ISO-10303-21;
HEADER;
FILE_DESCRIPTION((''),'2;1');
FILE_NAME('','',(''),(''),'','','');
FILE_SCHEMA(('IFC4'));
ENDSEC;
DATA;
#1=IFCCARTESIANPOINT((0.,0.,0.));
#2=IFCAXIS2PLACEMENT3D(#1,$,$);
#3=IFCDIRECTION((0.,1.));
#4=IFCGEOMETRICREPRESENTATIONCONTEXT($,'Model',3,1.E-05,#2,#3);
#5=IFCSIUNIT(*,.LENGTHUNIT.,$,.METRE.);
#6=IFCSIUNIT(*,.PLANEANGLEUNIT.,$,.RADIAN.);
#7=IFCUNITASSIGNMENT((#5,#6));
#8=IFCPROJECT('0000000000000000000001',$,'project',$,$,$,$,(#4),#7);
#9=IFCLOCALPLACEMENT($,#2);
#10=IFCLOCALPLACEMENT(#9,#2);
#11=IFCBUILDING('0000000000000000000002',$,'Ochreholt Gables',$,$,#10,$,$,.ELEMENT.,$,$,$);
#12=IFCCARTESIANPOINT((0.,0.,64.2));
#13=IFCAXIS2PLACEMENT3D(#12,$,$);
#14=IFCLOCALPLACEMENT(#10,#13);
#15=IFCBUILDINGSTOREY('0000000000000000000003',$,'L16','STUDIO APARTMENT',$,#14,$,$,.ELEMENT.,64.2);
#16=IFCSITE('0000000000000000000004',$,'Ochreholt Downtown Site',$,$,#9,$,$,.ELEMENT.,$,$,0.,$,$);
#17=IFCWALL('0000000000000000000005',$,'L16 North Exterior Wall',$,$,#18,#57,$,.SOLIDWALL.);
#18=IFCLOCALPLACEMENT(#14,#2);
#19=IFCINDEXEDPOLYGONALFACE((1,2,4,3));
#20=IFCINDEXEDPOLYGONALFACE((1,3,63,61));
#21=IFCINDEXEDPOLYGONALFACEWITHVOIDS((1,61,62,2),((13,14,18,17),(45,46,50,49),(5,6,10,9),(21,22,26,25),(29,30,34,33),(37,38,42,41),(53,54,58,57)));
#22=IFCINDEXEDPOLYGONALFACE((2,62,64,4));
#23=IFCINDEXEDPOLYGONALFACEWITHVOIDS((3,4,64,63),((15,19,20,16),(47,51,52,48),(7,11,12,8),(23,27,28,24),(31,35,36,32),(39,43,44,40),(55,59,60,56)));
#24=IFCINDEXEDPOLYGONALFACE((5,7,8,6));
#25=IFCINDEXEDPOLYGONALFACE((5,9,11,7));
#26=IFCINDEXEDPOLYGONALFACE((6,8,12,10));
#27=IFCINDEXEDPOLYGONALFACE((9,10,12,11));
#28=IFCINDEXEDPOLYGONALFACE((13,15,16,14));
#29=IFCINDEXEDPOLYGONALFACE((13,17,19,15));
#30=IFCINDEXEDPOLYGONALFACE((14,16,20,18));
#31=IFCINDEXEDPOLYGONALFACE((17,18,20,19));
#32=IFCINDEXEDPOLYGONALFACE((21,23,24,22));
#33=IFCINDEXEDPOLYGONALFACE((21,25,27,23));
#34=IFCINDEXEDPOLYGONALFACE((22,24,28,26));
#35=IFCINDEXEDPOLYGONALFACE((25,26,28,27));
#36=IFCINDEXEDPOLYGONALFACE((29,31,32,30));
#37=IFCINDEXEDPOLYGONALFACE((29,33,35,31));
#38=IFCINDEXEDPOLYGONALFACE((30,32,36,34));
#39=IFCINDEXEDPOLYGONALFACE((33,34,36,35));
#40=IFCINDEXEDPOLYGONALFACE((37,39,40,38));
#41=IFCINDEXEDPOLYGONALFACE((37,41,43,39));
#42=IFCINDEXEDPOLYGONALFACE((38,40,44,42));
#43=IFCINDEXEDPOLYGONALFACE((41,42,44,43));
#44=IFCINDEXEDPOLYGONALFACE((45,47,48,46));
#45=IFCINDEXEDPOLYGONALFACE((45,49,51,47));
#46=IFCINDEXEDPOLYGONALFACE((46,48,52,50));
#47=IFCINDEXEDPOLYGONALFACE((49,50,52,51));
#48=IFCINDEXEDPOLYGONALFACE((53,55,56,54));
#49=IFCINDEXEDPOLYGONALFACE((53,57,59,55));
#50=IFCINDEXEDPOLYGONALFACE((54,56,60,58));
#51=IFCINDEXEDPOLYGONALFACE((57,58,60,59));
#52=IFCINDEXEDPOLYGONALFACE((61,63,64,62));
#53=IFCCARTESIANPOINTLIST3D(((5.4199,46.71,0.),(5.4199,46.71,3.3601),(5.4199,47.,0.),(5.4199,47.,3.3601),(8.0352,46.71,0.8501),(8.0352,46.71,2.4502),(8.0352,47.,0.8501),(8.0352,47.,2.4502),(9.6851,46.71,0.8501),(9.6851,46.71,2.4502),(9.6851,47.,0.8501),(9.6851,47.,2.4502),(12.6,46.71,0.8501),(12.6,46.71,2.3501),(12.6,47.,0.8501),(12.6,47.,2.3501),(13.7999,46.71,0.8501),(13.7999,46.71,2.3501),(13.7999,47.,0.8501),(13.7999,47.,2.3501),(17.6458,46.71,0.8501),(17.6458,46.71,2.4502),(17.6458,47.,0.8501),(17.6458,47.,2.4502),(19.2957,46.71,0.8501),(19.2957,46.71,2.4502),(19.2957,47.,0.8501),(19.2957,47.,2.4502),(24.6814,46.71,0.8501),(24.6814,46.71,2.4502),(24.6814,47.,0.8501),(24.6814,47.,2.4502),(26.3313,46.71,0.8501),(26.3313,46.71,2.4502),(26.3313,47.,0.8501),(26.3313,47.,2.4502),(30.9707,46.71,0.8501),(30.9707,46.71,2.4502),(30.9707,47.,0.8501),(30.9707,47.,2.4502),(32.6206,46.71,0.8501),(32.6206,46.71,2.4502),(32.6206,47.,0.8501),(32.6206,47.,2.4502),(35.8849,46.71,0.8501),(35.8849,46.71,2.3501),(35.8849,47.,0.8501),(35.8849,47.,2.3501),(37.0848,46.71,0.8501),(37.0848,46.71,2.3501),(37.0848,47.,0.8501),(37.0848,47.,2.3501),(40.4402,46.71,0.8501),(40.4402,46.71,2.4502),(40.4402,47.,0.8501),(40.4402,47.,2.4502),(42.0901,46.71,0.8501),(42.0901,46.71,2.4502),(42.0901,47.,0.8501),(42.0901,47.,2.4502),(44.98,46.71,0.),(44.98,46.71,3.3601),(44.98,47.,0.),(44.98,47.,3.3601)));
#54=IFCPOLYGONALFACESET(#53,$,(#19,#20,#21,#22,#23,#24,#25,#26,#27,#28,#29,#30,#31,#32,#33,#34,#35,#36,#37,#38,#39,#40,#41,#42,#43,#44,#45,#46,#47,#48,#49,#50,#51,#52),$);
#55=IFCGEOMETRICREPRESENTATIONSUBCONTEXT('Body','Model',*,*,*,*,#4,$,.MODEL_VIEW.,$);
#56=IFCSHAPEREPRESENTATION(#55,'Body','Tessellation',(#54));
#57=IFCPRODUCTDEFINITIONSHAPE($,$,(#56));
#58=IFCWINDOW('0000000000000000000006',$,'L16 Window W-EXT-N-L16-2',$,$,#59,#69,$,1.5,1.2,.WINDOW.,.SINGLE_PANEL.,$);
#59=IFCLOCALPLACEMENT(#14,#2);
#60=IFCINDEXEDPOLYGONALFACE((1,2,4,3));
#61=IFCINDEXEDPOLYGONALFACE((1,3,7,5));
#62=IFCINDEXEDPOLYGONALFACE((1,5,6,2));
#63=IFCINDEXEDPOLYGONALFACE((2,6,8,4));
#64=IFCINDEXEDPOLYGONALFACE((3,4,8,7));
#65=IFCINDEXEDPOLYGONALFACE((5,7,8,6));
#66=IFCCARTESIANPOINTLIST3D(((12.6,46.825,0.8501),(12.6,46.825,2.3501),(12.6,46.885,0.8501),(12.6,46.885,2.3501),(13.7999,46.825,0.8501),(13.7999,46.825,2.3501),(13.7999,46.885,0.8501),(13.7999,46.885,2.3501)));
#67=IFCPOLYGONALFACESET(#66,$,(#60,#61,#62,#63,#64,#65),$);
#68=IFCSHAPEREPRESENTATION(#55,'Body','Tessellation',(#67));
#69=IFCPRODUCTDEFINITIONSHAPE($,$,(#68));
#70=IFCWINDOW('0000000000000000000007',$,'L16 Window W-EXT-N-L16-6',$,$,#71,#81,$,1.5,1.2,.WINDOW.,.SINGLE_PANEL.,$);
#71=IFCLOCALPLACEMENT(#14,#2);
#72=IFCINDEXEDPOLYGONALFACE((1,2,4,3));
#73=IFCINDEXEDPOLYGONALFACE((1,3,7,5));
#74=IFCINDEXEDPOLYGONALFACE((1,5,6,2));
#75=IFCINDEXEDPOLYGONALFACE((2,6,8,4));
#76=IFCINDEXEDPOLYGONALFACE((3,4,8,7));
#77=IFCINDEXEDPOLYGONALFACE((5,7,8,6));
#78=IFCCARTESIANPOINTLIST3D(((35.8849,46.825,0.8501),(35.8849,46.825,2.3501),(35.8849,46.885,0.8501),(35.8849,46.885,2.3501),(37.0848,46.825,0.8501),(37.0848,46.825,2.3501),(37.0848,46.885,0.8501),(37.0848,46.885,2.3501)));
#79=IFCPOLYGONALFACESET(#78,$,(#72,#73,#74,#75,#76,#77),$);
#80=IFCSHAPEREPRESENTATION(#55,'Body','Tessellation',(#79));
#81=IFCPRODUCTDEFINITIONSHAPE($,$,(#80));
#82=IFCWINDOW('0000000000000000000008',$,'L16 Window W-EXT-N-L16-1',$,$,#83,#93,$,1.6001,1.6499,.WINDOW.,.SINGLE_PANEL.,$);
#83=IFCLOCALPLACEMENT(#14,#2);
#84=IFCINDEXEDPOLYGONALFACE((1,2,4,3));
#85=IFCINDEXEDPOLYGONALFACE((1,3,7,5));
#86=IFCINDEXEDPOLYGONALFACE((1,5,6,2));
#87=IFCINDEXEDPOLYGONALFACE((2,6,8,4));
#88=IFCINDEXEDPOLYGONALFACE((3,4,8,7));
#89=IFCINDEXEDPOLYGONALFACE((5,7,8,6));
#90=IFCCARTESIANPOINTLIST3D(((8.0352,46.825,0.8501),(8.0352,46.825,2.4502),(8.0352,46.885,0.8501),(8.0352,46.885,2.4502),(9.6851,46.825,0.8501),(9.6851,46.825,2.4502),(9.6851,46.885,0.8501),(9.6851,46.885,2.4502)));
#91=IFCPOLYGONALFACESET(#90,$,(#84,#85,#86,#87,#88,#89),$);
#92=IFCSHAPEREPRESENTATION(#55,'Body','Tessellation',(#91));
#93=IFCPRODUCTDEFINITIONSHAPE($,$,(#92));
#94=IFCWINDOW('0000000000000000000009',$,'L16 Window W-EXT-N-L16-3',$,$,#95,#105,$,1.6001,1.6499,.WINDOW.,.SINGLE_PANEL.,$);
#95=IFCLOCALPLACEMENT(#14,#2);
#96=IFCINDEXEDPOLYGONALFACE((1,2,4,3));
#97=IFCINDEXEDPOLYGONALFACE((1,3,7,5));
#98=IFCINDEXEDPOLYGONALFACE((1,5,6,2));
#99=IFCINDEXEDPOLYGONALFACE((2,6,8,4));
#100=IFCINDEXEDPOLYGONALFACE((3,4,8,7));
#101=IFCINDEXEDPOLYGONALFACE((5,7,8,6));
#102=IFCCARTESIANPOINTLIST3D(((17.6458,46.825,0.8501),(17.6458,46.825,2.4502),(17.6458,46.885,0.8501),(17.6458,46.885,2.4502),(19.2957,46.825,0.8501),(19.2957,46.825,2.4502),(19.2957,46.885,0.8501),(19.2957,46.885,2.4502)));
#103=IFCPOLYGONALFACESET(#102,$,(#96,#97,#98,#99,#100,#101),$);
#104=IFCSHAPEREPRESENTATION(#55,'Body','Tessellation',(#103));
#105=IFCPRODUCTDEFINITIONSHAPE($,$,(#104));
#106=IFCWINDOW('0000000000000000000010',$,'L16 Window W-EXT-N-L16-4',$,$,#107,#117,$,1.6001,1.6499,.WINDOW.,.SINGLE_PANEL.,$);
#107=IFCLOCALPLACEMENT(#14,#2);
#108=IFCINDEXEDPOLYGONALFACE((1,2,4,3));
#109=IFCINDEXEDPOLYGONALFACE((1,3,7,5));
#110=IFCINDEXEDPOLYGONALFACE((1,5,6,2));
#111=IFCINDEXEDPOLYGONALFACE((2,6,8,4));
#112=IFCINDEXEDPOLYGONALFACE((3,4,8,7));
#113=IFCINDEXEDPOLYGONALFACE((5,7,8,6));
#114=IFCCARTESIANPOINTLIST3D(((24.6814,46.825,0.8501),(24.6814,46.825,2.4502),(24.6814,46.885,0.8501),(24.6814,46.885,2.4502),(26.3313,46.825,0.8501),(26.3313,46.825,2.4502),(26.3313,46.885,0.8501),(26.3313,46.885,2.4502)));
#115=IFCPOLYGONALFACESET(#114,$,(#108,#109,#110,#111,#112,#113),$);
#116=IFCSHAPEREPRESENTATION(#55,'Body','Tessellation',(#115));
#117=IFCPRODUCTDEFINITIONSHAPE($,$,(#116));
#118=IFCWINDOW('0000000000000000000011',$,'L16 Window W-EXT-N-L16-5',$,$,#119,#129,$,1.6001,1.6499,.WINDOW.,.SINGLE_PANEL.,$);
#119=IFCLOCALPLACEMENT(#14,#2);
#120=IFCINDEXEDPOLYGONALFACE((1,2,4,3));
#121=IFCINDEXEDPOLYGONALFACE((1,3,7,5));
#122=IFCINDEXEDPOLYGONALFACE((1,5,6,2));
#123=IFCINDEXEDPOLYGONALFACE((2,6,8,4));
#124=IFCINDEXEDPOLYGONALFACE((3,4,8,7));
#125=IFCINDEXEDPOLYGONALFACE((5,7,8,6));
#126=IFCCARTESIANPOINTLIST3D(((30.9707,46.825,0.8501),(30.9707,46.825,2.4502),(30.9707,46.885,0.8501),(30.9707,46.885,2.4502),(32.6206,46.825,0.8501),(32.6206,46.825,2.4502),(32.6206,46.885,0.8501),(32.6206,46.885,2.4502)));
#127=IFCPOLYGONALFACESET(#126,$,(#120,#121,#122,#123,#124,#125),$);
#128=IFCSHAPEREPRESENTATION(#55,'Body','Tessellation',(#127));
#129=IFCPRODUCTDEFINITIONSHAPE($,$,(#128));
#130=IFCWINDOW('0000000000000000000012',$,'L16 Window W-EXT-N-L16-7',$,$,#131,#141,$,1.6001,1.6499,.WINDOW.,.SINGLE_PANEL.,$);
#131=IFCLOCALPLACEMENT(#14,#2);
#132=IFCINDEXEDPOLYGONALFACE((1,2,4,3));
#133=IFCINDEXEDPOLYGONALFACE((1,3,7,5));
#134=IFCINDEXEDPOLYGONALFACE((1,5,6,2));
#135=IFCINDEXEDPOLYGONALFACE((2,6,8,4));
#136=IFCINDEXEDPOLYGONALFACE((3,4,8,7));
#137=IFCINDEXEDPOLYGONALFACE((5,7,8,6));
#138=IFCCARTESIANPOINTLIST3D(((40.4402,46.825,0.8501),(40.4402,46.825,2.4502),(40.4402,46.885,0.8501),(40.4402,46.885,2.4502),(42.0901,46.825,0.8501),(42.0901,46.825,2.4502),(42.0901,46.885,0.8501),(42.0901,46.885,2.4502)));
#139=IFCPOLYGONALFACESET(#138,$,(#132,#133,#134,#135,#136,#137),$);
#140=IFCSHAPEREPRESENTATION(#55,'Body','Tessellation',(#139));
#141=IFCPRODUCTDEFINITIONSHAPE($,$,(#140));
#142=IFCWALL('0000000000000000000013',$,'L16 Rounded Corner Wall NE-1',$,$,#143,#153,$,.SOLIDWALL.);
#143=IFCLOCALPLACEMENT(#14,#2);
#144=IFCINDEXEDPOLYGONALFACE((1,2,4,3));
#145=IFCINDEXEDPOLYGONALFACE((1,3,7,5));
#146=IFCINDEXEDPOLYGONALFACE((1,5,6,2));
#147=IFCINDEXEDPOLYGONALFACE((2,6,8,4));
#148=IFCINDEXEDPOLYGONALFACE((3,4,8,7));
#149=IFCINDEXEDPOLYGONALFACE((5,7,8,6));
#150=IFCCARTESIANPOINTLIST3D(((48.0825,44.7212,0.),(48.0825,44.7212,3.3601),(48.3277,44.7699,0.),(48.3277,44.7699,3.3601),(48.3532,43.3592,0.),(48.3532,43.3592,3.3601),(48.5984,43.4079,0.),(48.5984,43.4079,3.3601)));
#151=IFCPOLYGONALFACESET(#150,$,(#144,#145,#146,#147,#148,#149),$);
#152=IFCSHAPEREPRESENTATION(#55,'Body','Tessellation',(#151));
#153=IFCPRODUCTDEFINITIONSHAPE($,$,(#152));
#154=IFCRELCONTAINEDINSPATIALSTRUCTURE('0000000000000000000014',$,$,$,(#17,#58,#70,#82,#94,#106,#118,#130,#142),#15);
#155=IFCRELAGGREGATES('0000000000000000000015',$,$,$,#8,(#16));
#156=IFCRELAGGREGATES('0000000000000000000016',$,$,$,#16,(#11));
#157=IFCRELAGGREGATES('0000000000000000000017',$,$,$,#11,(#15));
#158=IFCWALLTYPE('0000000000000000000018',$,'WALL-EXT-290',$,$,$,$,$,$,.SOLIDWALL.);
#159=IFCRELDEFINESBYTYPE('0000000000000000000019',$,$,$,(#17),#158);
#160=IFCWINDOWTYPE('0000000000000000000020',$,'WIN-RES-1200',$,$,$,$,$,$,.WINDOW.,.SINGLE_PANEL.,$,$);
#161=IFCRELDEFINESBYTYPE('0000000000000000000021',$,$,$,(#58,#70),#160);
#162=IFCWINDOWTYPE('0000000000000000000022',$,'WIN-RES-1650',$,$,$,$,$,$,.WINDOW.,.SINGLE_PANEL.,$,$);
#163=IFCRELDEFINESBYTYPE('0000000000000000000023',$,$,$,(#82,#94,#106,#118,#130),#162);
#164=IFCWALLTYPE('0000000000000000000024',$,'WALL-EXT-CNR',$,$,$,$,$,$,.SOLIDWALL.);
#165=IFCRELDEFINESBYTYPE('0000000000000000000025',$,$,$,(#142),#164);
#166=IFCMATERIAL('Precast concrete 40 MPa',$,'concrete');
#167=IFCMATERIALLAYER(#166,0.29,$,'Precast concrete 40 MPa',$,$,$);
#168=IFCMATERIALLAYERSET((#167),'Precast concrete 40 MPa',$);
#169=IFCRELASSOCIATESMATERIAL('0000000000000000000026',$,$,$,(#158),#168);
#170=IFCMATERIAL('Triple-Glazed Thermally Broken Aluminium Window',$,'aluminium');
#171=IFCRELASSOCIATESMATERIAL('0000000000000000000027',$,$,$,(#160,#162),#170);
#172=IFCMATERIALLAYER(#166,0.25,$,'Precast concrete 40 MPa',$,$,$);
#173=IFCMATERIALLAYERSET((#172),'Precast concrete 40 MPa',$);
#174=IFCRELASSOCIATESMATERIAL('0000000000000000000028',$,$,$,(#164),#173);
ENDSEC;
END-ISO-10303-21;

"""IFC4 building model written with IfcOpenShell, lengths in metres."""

from ifc_helpers import new_model, si_unit, direction, frame, frame_2d, origin, place, context, subcontext, project, spatial, rectangle, extrude, material, layer, layer_set, type_object, element, fill, save


model = new_model("IFC4")

# Units and contexts
model_context = context("Model", 3, precision=1e-05, world=origin(), true_north=direction((0.0, 1.0)))
body_context = subcontext(model_context, "Body", "Model", "MODEL_VIEW")
ifc_project = project(units=[si_unit("LENGTHUNIT", "METRE"), si_unit("PLANEANGLEUNIT", "RADIAN")], contexts=[model_context])

# Site, building, storey
site_placement = place(None, origin())
site = spatial("IfcSite", under=ifc_project, at=site_placement, Name="Ochreholt Downtown Site", CompositionType="ELEMENT", RefElevation=0.0)
building_placement = place(site_placement, origin())
building = spatial("IfcBuilding", under=site, at=building_placement, Name="Ochreholt Gables", CompositionType="ELEMENT")
storey_placement = place(building_placement, frame((0.0, 0.0, 64.2)))
storey = spatial("IfcBuildingStorey", under=building, at=storey_placement, Name="L16", Description="STUDIO APARTMENT", CompositionType="ELEMENT", Elevation=64.2)

# Wall, openings, windows
ifc_material_1 = material(Name="Precast concrete 40 MPa", Category="concrete")
ifc_layer_1 = layer(ifc_material_1, 0.29, Name="Precast concrete 40 MPa")
ifc_layer_set_1 = layer_set([ifc_layer_1], Name="Precast concrete 40 MPa")
wall_type_1 = type_object("IfcWallType", Name="WALL-EXT-290", PredefinedType="SOLIDWALL", material=ifc_layer_set_1)
wall_1_placement = place(storey_placement, frame((44.98, 46.855, 0.0), z_axis=(0.0, 0.0, 1.0), x_axis=(-1.0, 0.0, 0.0)))
wall_1 = element("IfcWall", 1, at=wall_1_placement, inside=storey, type_object=wall_type_1, Name="L16 North Exterior Wall", PredefinedType="SOLIDWALL", context=body_context, shape_type="SweptSolid", body=[
    extrude(rectangle(XDim=39.5601, YDim=0.29, at=frame_2d((19.78, 0.0))), origin(), (0.0, 0.0, 1.0), 3.3601),
])
opening_1_placement = place(wall_1_placement, frame((35.2949, 0.0, 0.8501)))
opening_1 = element("IfcOpeningElement", 2, at=opening_1_placement, cuts=wall_1, PredefinedType="OPENING", context=body_context, shape_type="SweptSolid", body=[
    extrude(rectangle(XDim=1.6499, YDim=1.6001, at=frame_2d((0.825, 0.8))), frame((0.0, 0.155, 0.0), z_axis=(0.0, -1.0, 0.0), x_axis=(1.0, 0.0, 0.0)), (0.0, 0.0, 1.0), 0.3101),
])
opening_2_placement = place(wall_1_placement, frame((31.1799, 0.0, 0.8501)))
opening_2 = element("IfcOpeningElement", 3, at=opening_2_placement, cuts=wall_1, PredefinedType="OPENING", context=body_context, shape_type="SweptSolid", body=[
    extrude(rectangle(XDim=1.2, YDim=1.5, at=frame_2d((0.6001, 0.75))), frame((0.0, 0.155, 0.0), z_axis=(0.0, -1.0, 0.0), x_axis=(1.0, 0.0, 0.0)), (0.0, 0.0, 1.0), 0.3101),
])
opening_3_placement = place(wall_1_placement, frame((25.6843, 0.0, 0.8501)))
opening_3 = element("IfcOpeningElement", 4, at=opening_3_placement, cuts=wall_1, PredefinedType="OPENING", context=body_context, shape_type="SweptSolid", body=[
    extrude(rectangle(XDim=1.6499, YDim=1.6001, at=frame_2d((0.825, 0.8))), frame((0.0, 0.155, 0.0), z_axis=(0.0, -1.0, 0.0), x_axis=(1.0, 0.0, 0.0)), (0.0, 0.0, 1.0), 0.3101),
])
opening_4_placement = place(wall_1_placement, frame((18.6487, 0.0, 0.8501)))
opening_4 = element("IfcOpeningElement", 5, at=opening_4_placement, cuts=wall_1, PredefinedType="OPENING", context=body_context, shape_type="SweptSolid", body=[
    extrude(rectangle(XDim=1.6499, YDim=1.6001, at=frame_2d((0.825, 0.8))), frame((0.0, 0.155, 0.0), z_axis=(0.0, -1.0, 0.0), x_axis=(1.0, 0.0, 0.0)), (0.0, 0.0, 1.0), 0.3101),
])
opening_5_placement = place(wall_1_placement, frame((12.3594, 0.0, 0.8501)))
opening_5 = element("IfcOpeningElement", 6, at=opening_5_placement, cuts=wall_1, PredefinedType="OPENING", context=body_context, shape_type="SweptSolid", body=[
    extrude(rectangle(XDim=1.6499, YDim=1.6001, at=frame_2d((0.825, 0.8))), frame((0.0, 0.155, 0.0), z_axis=(0.0, -1.0, 0.0), x_axis=(1.0, 0.0, 0.0)), (0.0, 0.0, 1.0), 0.3101),
])
opening_6_placement = place(wall_1_placement, frame((7.895, 0.0, 0.8501)))
opening_6 = element("IfcOpeningElement", 7, at=opening_6_placement, cuts=wall_1, PredefinedType="OPENING", context=body_context, shape_type="SweptSolid", body=[
    extrude(rectangle(XDim=1.2, YDim=1.5, at=frame_2d((0.6001, 0.75))), frame((0.0, 0.155, 0.0), z_axis=(0.0, -1.0, 0.0), x_axis=(1.0, 0.0, 0.0)), (0.0, 0.0, 1.0), 0.3101),
])
opening_7_placement = place(wall_1_placement, frame((2.8899, 0.0, 0.8501)))
opening_7 = element("IfcOpeningElement", 8, at=opening_7_placement, cuts=wall_1, PredefinedType="OPENING", context=body_context, shape_type="SweptSolid", body=[
    extrude(rectangle(XDim=1.6499, YDim=1.6001, at=frame_2d((0.825, 0.8))), frame((0.0, 0.155, 0.0), z_axis=(0.0, -1.0, 0.0), x_axis=(1.0, 0.0, 0.0)), (0.0, 0.0, 1.0), 0.3101),
])
ifc_material_2 = material(Name="Triple-Glazed Thermally Broken Aluminium Window", Category="aluminium")
window_type_1 = type_object("IfcWindowType", Name="WIN-RES-1200", PartitioningType="SINGLE_PANEL", PredefinedType="WINDOW", material=ifc_material_2)
window_1_placement = place(opening_2_placement, origin())
window_1 = element("IfcWindow", 9, at=window_1_placement, inside=storey, type_object=window_type_1, Name="L16 Window W-EXT-N-L16-2", OverallHeight=1.5, OverallWidth=1.2, PartitioningType="SINGLE_PANEL", PredefinedType="WINDOW", context=body_context, shape_type="SweptSolid", body=[
    extrude(rectangle(XDim=1.2, YDim=1.5, at=frame_2d((0.6001, 0.75))), frame((0.0, 0.03, 0.0), z_axis=(0.0, -1.0, 0.0), x_axis=(1.0, 0.0, 0.0)), (0.0, 0.0, 1.0), 0.0601),
])
fill(opening_2, window_1)
window_2_placement = place(opening_6_placement, origin())
window_2 = element("IfcWindow", 10, at=window_2_placement, inside=storey, type_object=window_type_1, Name="L16 Window W-EXT-N-L16-6", OverallHeight=1.5, OverallWidth=1.2, PartitioningType="SINGLE_PANEL", PredefinedType="WINDOW", context=body_context, shape_type="SweptSolid", body=[
    extrude(rectangle(XDim=1.2, YDim=1.5, at=frame_2d((0.6001, 0.75))), frame((0.0, 0.03, 0.0), z_axis=(0.0, -1.0, 0.0), x_axis=(1.0, 0.0, 0.0)), (0.0, 0.0, 1.0), 0.0601),
])
fill(opening_6, window_2)
window_type_2 = type_object("IfcWindowType", Name="WIN-RES-1650", PartitioningType="SINGLE_PANEL", PredefinedType="WINDOW", material=ifc_material_2)
window_3_placement = place(opening_1_placement, origin())
window_3 = element("IfcWindow", 11, at=window_3_placement, inside=storey, type_object=window_type_2, Name="L16 Window W-EXT-N-L16-1", OverallHeight=1.6001, OverallWidth=1.6499, PartitioningType="SINGLE_PANEL", PredefinedType="WINDOW", context=body_context, shape_type="SweptSolid", body=[
    extrude(rectangle(XDim=1.6499, YDim=1.6001, at=frame_2d((0.825, 0.8))), frame((0.0, 0.03, 0.0), z_axis=(0.0, -1.0, 0.0), x_axis=(1.0, 0.0, 0.0)), (0.0, 0.0, 1.0), 0.0601),
])
fill(opening_1, window_3)
window_4_placement = place(opening_3_placement, origin())
window_4 = element("IfcWindow", 12, at=window_4_placement, inside=storey, type_object=window_type_2, Name="L16 Window W-EXT-N-L16-3", OverallHeight=1.6001, OverallWidth=1.6499, PartitioningType="SINGLE_PANEL", PredefinedType="WINDOW", context=body_context, shape_type="SweptSolid", body=[
    extrude(rectangle(XDim=1.6499, YDim=1.6001, at=frame_2d((0.825, 0.8))), frame((0.0, 0.03, 0.0), z_axis=(0.0, -1.0, 0.0), x_axis=(1.0, 0.0, 0.0)), (0.0, 0.0, 1.0), 0.0601),
])
fill(opening_3, window_4)
window_5_placement = place(opening_4_placement, origin())
window_5 = element("IfcWindow", 13, at=window_5_placement, inside=storey, type_object=window_type_2, Name="L16 Window W-EXT-N-L16-4", OverallHeight=1.6001, OverallWidth=1.6499, PartitioningType="SINGLE_PANEL", PredefinedType="WINDOW", context=body_context, shape_type="SweptSolid", body=[
    extrude(rectangle(XDim=1.6499, YDim=1.6001, at=frame_2d((0.825, 0.8))), frame((0.0, 0.03, 0.0), z_axis=(0.0, -1.0, 0.0), x_axis=(1.0, 0.0, 0.0)), (0.0, 0.0, 1.0), 0.0601),
])
fill(opening_4, window_5)
window_6_placement = place(opening_5_placement, origin())
window_6 = element("IfcWindow", 14, at=window_6_placement, inside=storey, type_object=window_type_2, Name="L16 Window W-EXT-N-L16-5", OverallHeight=1.6001, OverallWidth=1.6499, PartitioningType="SINGLE_PANEL", PredefinedType="WINDOW", context=body_context, shape_type="SweptSolid", body=[
    extrude(rectangle(XDim=1.6499, YDim=1.6001, at=frame_2d((0.825, 0.8))), frame((0.0, 0.03, 0.0), z_axis=(0.0, -1.0, 0.0), x_axis=(1.0, 0.0, 0.0)), (0.0, 0.0, 1.0), 0.0601),
])
fill(opening_5, window_6)
window_7_placement = place(opening_7_placement, origin())
window_7 = element("IfcWindow", 15, at=window_7_placement, inside=storey, type_object=window_type_2, Name="L16 Window W-EXT-N-L16-7", OverallHeight=1.6001, OverallWidth=1.6499, PartitioningType="SINGLE_PANEL", PredefinedType="WINDOW", context=body_context, shape_type="SweptSolid", body=[
    extrude(rectangle(XDim=1.6499, YDim=1.6001, at=frame_2d((0.825, 0.8))), frame((0.0, 0.03, 0.0), z_axis=(0.0, -1.0, 0.0), x_axis=(1.0, 0.0, 0.0)), (0.0, 0.0, 1.0), 0.0601),
])
fill(opening_7, window_7)

# Wall
ifc_layer_2 = layer(ifc_material_1, 0.25, Name="Precast concrete 40 MPa")
ifc_layer_set_2 = layer_set([ifc_layer_2], Name="Precast concrete 40 MPa")
wall_type_2 = type_object("IfcWallType", Name="WALL-EXT-CNR", PredefinedType="SOLIDWALL", material=ifc_layer_set_2)
wall_2_placement = place(storey_placement, frame((48.4758, 43.3835, 0.0), z_axis=(0.0, 0.0, 1.0), x_axis=(-0.194967, 0.98081, 0.0)))
element("IfcWall", 16, at=wall_2_placement, inside=storey, type_object=wall_type_2, Name="L16 Rounded Corner Wall NE-1", PredefinedType="SOLIDWALL", context=body_context, shape_type="SweptSolid", body=[
    extrude(rectangle(XDim=1.3887, YDim=0.25, at=frame_2d((0.6943, 0.0))), origin(), (0.0, 0.0, 1.0), 3.3601),
])

save(model, "model.ifc")
